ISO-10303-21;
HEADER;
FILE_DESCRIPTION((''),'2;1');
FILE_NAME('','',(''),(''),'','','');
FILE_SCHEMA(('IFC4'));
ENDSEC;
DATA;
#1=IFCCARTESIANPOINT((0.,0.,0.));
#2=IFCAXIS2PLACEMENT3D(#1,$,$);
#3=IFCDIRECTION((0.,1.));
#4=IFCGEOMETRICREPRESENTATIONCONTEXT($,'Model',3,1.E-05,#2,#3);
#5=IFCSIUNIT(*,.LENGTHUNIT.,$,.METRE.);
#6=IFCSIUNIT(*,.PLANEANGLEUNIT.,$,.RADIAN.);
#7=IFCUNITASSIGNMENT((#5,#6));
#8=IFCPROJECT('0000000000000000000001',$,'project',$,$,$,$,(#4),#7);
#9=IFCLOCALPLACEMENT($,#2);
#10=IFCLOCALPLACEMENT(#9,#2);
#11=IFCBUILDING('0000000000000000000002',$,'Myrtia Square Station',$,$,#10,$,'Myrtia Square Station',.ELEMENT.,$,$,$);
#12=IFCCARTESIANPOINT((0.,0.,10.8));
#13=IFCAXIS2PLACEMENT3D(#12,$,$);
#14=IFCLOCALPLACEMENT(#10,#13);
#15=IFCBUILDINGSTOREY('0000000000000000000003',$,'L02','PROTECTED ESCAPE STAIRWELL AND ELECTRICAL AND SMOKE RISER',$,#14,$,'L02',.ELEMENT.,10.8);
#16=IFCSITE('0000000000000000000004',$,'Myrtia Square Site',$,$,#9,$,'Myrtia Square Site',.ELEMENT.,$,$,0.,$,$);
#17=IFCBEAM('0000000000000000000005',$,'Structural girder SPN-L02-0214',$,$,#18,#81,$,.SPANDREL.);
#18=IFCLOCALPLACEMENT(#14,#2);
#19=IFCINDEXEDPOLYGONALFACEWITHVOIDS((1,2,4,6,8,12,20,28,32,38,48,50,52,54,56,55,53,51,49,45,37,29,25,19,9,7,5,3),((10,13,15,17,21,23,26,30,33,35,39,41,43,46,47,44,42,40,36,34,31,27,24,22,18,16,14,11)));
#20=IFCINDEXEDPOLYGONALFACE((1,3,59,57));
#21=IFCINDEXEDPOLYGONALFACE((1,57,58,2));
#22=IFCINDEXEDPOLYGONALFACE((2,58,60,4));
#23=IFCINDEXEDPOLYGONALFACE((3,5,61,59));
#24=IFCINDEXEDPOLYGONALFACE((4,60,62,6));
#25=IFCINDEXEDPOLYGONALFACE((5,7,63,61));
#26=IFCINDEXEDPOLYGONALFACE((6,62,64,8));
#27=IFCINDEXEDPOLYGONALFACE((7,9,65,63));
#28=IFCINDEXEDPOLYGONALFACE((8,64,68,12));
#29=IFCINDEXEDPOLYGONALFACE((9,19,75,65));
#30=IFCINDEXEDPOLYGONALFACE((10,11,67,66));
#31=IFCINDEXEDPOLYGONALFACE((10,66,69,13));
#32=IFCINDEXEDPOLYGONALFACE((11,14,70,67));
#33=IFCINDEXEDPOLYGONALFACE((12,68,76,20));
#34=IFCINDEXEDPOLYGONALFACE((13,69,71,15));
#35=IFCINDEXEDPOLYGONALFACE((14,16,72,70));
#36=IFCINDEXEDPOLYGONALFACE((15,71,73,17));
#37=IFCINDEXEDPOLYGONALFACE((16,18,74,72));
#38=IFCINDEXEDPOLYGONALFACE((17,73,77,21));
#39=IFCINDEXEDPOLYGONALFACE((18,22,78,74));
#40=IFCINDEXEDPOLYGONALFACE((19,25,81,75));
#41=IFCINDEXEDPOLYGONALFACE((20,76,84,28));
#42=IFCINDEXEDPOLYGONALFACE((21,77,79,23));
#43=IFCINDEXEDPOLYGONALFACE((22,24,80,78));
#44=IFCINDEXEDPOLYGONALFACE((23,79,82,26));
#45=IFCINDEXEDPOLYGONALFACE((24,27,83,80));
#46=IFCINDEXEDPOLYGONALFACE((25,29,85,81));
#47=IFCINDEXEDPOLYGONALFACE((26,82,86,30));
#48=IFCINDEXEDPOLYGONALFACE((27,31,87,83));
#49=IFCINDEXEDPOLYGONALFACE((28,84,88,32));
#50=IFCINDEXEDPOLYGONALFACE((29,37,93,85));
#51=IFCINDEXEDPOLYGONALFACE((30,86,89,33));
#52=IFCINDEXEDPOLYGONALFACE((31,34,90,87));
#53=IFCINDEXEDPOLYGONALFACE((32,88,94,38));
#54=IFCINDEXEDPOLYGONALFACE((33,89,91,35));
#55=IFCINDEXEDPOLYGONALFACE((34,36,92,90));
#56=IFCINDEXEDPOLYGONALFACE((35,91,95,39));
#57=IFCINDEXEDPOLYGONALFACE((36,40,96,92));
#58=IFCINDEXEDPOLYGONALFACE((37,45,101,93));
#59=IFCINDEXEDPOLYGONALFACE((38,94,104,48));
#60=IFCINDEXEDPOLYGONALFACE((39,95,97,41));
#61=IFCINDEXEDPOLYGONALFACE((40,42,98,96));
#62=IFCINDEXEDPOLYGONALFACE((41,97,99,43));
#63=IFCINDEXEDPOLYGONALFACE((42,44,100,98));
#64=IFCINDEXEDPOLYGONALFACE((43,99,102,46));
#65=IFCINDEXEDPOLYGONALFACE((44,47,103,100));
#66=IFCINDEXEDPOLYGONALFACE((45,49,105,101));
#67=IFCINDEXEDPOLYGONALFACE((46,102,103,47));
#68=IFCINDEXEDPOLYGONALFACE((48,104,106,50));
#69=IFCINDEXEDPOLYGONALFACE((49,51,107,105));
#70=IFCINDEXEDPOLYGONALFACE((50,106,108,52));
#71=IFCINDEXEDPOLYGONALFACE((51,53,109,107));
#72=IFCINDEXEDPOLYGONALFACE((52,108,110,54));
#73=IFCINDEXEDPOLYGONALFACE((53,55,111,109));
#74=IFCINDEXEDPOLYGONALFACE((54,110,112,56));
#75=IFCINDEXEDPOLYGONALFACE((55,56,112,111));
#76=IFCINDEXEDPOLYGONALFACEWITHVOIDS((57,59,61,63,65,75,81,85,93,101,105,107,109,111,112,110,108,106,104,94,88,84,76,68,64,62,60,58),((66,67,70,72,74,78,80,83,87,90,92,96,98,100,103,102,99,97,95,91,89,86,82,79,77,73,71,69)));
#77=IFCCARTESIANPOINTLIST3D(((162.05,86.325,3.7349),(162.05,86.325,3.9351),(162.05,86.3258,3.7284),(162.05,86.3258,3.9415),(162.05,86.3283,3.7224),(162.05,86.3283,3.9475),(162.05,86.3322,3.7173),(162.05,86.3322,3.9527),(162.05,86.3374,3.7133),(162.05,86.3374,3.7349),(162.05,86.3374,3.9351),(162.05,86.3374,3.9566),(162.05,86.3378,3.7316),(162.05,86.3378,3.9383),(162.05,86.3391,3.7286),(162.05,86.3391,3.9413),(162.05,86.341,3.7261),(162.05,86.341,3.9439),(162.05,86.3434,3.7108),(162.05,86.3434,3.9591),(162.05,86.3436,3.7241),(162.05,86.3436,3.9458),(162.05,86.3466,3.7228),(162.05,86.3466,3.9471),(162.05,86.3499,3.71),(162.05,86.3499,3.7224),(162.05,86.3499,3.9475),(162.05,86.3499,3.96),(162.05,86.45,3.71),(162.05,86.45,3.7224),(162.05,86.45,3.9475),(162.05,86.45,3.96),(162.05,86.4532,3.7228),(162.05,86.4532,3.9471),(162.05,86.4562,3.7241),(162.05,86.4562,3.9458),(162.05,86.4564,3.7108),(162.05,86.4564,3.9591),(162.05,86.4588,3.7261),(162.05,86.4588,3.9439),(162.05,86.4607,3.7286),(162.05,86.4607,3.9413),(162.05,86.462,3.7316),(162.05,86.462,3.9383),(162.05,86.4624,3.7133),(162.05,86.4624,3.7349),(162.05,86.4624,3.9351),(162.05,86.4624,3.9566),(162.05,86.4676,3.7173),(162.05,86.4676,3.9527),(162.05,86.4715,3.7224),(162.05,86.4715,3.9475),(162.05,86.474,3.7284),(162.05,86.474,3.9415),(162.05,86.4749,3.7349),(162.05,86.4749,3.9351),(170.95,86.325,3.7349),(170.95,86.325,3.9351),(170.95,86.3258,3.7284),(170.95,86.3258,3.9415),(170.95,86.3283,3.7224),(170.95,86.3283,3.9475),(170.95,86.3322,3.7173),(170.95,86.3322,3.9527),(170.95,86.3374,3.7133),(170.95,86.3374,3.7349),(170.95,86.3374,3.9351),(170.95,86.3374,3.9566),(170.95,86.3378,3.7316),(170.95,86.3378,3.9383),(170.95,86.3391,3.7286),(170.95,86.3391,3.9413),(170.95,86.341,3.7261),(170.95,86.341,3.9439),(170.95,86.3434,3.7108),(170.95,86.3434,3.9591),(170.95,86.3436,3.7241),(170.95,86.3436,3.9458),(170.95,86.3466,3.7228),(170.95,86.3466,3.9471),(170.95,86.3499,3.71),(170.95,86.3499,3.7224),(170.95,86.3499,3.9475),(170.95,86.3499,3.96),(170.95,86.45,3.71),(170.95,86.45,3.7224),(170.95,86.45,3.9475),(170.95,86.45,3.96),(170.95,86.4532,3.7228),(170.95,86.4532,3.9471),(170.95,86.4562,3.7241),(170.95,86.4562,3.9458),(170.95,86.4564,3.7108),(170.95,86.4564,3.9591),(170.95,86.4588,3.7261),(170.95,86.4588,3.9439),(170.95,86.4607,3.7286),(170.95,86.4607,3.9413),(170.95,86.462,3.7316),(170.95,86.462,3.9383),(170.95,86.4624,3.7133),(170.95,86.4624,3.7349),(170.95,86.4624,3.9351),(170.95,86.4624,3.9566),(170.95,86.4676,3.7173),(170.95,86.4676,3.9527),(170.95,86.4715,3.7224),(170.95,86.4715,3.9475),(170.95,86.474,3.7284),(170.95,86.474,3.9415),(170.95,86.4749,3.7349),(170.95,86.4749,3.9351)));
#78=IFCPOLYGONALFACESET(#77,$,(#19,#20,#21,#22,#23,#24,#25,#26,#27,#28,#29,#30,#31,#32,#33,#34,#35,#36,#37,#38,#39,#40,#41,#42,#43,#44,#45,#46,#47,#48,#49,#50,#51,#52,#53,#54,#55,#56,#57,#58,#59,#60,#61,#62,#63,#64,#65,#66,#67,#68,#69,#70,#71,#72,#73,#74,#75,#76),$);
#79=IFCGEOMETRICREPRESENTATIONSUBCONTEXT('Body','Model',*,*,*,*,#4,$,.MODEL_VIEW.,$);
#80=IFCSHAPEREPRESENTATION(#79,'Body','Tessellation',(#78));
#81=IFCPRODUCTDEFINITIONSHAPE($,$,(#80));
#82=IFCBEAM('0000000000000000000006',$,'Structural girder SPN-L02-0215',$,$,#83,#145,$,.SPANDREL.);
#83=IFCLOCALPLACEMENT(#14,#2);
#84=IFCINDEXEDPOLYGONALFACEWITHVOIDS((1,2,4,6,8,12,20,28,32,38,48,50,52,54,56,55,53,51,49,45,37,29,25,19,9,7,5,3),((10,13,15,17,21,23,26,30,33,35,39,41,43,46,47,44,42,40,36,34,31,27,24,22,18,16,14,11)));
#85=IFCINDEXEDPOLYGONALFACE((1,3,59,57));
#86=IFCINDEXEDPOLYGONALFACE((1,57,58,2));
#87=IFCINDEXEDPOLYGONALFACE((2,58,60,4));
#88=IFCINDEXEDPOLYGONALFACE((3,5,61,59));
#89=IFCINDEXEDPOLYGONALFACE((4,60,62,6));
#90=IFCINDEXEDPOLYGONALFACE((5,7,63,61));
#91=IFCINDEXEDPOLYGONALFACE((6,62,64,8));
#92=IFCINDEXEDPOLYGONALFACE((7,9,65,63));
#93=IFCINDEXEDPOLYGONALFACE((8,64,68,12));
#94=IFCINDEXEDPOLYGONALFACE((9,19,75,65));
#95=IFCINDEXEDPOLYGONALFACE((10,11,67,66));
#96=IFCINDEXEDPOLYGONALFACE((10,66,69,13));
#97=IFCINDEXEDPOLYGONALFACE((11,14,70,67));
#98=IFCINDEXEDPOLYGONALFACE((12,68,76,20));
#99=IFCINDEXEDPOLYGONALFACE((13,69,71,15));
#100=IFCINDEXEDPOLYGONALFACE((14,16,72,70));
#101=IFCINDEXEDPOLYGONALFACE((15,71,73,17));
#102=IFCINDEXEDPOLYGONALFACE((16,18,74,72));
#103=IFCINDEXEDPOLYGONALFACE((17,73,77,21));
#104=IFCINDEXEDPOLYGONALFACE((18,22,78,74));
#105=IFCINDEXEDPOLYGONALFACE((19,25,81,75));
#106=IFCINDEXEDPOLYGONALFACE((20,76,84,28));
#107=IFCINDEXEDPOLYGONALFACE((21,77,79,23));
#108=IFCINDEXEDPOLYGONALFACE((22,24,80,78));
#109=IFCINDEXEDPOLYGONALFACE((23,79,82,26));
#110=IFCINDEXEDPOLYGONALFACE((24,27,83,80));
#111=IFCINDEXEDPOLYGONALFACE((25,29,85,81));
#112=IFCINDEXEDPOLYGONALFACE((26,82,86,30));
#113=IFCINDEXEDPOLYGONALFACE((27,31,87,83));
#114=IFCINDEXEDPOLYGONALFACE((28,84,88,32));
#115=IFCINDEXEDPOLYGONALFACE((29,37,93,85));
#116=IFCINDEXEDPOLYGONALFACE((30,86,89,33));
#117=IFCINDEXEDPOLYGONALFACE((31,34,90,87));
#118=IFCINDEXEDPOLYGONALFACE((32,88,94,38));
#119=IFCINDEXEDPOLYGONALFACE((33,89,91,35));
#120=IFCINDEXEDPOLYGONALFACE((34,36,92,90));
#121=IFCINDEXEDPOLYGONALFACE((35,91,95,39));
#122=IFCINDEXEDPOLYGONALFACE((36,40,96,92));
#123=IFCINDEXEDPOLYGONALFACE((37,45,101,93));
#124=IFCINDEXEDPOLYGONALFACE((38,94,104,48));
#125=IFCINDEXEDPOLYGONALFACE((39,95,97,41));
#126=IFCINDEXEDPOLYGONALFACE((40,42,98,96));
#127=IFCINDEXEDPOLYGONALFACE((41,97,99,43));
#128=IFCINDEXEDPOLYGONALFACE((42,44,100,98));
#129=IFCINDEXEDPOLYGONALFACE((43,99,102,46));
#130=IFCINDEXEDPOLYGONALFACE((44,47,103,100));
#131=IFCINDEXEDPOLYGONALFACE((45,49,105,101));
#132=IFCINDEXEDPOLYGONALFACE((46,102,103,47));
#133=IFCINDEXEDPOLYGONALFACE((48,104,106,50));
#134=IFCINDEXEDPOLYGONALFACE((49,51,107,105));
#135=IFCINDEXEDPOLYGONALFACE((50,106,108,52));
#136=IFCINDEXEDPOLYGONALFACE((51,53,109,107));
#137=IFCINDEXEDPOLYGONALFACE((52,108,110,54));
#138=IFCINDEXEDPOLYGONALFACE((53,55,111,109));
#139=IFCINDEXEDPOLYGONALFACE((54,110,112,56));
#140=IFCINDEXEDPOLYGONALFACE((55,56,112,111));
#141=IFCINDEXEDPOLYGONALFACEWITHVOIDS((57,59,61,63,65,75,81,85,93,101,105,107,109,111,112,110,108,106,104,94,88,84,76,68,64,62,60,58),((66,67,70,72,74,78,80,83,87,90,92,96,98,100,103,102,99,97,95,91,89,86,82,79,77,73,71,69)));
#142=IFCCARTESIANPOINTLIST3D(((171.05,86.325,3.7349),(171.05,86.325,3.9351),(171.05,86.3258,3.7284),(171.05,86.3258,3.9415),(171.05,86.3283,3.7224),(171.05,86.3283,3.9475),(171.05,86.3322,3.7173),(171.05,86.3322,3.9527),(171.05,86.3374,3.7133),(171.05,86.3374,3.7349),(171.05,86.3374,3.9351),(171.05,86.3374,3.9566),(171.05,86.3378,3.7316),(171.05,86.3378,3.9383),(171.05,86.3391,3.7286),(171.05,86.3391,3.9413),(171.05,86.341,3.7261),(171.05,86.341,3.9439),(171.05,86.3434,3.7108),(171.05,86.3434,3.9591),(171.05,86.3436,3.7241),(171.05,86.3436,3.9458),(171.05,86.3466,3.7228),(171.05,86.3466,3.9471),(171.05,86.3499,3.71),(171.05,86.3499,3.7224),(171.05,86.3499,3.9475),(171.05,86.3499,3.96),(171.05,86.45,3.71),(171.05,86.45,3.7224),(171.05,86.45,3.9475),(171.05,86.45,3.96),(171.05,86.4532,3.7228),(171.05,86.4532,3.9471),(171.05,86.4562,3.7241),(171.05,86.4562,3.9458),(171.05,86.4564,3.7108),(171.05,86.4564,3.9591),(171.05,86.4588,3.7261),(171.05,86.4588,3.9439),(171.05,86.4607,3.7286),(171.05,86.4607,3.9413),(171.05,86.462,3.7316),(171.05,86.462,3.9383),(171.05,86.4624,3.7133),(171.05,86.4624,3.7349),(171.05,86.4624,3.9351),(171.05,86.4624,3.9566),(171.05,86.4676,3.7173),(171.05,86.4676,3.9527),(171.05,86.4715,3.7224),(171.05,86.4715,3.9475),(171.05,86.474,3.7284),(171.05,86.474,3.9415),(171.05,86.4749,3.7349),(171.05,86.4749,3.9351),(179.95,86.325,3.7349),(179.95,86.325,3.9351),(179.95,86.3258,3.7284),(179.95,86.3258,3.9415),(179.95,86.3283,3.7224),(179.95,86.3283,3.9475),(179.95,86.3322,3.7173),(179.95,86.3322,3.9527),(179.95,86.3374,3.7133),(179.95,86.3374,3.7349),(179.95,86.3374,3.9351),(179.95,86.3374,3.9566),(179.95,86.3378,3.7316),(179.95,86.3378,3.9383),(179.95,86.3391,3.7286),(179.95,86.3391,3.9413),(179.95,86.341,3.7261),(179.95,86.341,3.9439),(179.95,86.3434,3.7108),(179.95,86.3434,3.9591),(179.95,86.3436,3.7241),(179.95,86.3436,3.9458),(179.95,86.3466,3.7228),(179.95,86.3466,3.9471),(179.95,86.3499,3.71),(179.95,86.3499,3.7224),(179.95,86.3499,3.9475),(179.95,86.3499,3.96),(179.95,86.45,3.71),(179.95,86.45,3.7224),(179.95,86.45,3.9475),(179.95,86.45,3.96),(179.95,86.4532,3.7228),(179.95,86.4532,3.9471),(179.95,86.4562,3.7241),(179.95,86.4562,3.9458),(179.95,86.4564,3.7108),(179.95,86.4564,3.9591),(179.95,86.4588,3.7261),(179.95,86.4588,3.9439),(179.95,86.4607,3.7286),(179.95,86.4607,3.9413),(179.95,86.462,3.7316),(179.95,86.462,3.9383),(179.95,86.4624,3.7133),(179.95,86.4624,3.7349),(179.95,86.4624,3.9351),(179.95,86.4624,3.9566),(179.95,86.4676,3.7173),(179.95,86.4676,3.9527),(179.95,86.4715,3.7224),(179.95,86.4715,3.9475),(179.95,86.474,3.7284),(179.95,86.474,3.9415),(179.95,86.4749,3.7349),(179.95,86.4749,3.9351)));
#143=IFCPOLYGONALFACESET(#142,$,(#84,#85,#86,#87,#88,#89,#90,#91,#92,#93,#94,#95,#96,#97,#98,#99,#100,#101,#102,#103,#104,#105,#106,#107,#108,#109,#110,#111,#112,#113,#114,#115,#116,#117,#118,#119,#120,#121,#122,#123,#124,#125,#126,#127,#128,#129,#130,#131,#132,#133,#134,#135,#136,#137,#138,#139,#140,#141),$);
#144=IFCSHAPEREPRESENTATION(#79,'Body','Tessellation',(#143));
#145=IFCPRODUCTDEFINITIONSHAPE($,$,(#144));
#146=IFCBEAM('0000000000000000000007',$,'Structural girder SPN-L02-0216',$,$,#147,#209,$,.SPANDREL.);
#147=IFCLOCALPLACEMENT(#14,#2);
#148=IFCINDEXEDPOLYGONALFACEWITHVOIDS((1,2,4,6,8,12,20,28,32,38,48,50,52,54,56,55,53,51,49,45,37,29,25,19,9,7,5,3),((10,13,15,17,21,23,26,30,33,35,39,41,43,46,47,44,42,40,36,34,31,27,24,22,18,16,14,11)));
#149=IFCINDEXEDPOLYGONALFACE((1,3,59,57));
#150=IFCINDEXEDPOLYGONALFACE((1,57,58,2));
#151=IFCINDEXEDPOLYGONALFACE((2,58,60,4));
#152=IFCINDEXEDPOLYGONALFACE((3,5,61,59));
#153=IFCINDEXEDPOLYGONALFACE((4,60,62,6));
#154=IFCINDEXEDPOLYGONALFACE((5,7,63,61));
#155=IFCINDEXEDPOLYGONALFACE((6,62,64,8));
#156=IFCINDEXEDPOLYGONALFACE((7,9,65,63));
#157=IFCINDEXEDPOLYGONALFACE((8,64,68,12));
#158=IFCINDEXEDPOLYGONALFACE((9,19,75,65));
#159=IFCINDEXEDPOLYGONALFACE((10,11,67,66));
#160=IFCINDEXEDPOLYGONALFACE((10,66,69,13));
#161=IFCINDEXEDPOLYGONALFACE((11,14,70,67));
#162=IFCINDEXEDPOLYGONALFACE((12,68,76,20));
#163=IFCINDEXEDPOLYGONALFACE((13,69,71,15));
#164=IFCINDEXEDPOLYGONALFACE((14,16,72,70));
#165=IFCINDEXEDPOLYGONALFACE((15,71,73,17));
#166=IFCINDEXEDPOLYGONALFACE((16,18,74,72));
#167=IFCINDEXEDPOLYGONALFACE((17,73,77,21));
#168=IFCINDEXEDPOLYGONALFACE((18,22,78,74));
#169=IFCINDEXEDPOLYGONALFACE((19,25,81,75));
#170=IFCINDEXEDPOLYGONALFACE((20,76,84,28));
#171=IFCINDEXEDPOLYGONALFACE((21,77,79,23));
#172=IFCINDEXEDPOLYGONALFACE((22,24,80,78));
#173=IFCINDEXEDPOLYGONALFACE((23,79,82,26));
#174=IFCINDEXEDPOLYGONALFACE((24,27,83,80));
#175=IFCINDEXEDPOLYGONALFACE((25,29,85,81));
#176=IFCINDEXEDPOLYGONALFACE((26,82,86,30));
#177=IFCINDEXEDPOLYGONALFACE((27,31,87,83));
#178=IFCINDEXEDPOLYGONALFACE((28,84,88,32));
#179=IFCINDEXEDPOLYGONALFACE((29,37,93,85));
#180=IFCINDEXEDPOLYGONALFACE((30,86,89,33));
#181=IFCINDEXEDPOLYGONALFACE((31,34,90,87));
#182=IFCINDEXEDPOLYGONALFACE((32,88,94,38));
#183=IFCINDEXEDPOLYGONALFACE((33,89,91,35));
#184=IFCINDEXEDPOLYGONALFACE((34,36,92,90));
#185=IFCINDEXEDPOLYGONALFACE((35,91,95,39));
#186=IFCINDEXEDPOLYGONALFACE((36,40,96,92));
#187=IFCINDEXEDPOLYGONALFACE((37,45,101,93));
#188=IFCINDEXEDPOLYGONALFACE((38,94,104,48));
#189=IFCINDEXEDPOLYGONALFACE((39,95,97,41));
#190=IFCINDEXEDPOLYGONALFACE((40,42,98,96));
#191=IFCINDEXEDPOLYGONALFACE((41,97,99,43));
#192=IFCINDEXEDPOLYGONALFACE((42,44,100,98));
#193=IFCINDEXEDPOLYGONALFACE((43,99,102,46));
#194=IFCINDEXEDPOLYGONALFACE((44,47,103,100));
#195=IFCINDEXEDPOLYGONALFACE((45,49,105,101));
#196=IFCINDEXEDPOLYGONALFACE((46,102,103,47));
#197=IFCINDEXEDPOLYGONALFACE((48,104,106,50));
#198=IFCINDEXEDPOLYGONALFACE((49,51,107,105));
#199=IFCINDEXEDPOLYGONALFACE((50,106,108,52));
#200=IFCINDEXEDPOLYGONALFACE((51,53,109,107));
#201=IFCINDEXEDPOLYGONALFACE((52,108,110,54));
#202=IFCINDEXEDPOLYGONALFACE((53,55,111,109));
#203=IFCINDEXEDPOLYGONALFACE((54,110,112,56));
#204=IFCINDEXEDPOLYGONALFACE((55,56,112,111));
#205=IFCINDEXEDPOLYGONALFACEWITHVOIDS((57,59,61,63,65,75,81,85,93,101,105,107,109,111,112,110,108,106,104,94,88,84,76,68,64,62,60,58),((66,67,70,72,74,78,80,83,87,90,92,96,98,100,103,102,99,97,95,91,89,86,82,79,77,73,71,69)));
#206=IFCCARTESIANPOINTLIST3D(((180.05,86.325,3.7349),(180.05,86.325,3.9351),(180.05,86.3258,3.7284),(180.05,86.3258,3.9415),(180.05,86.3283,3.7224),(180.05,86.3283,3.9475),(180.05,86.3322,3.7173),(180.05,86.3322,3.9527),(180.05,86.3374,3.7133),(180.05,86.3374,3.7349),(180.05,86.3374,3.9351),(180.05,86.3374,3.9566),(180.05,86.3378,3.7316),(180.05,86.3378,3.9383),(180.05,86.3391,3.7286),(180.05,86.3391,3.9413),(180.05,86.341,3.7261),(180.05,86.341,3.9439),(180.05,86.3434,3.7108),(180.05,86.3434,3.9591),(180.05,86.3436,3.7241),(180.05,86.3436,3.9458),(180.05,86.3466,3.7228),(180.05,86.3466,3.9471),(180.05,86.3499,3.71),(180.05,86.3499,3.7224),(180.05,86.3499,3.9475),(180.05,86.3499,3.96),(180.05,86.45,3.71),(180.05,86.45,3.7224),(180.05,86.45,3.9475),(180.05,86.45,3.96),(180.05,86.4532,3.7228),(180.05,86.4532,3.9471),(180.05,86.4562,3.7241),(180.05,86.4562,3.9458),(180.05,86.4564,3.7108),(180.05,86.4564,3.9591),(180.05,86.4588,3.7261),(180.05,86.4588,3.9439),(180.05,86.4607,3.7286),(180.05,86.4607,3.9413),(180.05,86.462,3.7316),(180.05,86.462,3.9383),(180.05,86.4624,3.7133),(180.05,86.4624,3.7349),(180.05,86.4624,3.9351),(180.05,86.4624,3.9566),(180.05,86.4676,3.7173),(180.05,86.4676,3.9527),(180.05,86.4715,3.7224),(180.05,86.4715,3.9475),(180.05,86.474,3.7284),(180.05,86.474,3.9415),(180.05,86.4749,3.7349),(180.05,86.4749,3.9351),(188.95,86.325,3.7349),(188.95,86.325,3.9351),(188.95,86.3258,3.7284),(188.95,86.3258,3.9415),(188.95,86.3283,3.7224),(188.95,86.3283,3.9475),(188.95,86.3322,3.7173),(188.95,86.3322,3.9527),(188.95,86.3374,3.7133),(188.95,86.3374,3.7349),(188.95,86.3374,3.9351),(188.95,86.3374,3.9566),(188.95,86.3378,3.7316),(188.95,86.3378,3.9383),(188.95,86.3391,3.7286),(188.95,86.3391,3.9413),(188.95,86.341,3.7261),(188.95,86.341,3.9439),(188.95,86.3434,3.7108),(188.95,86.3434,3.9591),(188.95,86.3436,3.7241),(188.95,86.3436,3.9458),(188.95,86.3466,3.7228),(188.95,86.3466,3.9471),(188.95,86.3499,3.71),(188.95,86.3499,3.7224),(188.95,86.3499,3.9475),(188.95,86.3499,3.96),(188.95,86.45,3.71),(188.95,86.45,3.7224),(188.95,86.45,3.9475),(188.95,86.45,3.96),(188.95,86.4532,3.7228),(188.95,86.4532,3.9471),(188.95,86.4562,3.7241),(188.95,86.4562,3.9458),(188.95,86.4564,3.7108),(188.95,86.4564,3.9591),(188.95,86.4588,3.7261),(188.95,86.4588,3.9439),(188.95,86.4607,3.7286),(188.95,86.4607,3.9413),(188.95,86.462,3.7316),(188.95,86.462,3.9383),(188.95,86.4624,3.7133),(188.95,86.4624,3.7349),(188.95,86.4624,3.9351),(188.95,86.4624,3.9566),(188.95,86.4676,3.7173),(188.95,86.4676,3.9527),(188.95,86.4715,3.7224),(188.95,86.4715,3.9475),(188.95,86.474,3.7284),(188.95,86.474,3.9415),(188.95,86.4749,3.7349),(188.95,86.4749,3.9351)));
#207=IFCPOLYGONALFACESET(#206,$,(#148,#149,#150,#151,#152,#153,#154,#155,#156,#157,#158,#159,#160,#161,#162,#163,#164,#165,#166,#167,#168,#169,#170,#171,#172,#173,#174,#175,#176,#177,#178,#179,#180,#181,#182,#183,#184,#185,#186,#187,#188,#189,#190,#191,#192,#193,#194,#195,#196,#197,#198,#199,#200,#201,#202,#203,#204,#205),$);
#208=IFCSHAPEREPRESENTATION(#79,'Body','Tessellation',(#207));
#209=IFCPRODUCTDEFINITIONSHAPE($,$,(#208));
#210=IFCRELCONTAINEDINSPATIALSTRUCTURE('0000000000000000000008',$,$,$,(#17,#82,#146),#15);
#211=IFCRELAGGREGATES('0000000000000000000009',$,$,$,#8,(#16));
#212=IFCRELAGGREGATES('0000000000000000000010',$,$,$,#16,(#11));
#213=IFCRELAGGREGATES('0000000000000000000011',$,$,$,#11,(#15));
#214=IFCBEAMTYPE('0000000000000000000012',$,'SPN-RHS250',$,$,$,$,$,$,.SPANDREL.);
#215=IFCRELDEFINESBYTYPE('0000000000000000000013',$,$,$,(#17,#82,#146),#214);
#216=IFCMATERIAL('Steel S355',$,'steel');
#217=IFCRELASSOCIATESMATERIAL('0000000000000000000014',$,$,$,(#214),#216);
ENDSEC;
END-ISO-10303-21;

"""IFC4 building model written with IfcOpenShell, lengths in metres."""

from ifc_helpers import new_model, si_unit, direction, frame, origin, origin_2d, place, context, subcontext, project, spatial, hollow_rectangle, extrude, material, material_profile, profile_set, type_object, element, save


model = new_model("IFC4")

# Units and contexts
model_context = context("Model", 3, precision=1e-05, world=origin(), true_north=direction((0.0, 1.0)))
body_context = subcontext(model_context, "Body", "Model", "MODEL_VIEW")
ifc_project = project(units=[si_unit("LENGTHUNIT", "METRE"), si_unit("PLANEANGLEUNIT", "RADIAN")], contexts=[model_context])

# Site, building, storey
site_placement = place(None, origin())
site = spatial("IfcSite", under=ifc_project, at=site_placement, Name="Myrtia Square Site", LongName="Myrtia Square Site", CompositionType="ELEMENT", RefElevation=0.0)
building_placement = place(site_placement, origin())
building = spatial("IfcBuilding", under=site, at=building_placement, Name="Myrtia Square Station", LongName="Myrtia Square Station", CompositionType="ELEMENT")
storey_placement = place(building_placement, frame((0.0, 0.0, 10.8)))
storey = spatial("IfcBuildingStorey", under=building, at=storey_placement, Name="L02", Description="PROTECTED ESCAPE STAIRWELL AND ELECTRICAL AND SMOKE RISER", LongName="L02", CompositionType="ELEMENT", Elevation=10.8)

# Shared definitions
ifc_material_1 = material(Name="Steel S355", Category="steel")

# Beams
ifc_material_profile_1 = material_profile(ifc_material_1, hollow_rectangle(XDim=0.1499, YDim=0.25, WallThickness=0.0125, InnerFilletRadius=0.0125, OuterFilletRadius=0.0249, at=origin_2d()), Name="RHS 250x150x12.5")
ifc_profile_set_1 = profile_set([ifc_material_profile_1], Name="Steel S355")
beam_type_1 = type_object("IfcBeamType", Name="SPN-RHS250", PredefinedType="SPANDREL", material=ifc_profile_set_1)
for number, where, z_axis, x_axis, name in (
    (1, (162.05, 86.3999, 3.835), (1.0, 0.0, 0.0), (0.0, 1.0, 0.0), "Structural girder SPN-L02-0214"),
    (2, (171.05, 86.3999, 3.835), (1.0, 0.0, 0.0), (0.0, 1.0, 0.0), "Structural girder SPN-L02-0215"),
    (3, (180.05, 86.3999, 3.835), (1.0, 0.0, 0.0), (0.0, 1.0, 0.0), "Structural girder SPN-L02-0216"),
):
    element("IfcBeam", number, at=place(storey_placement, frame(where, z_axis=z_axis, x_axis=x_axis)), inside=storey, type_object=beam_type_1, Name=name, PredefinedType="SPANDREL", context=body_context, shape_type="SweptSolid", body=[
        extrude(hollow_rectangle(XDim=0.1499, YDim=0.25, WallThickness=0.0125, InnerFilletRadius=0.0125, OuterFilletRadius=0.0249, at=origin_2d()), origin(), (0.0, 0.0, 1.0), 8.8999),
    ])

save(model, "model.ifc")
